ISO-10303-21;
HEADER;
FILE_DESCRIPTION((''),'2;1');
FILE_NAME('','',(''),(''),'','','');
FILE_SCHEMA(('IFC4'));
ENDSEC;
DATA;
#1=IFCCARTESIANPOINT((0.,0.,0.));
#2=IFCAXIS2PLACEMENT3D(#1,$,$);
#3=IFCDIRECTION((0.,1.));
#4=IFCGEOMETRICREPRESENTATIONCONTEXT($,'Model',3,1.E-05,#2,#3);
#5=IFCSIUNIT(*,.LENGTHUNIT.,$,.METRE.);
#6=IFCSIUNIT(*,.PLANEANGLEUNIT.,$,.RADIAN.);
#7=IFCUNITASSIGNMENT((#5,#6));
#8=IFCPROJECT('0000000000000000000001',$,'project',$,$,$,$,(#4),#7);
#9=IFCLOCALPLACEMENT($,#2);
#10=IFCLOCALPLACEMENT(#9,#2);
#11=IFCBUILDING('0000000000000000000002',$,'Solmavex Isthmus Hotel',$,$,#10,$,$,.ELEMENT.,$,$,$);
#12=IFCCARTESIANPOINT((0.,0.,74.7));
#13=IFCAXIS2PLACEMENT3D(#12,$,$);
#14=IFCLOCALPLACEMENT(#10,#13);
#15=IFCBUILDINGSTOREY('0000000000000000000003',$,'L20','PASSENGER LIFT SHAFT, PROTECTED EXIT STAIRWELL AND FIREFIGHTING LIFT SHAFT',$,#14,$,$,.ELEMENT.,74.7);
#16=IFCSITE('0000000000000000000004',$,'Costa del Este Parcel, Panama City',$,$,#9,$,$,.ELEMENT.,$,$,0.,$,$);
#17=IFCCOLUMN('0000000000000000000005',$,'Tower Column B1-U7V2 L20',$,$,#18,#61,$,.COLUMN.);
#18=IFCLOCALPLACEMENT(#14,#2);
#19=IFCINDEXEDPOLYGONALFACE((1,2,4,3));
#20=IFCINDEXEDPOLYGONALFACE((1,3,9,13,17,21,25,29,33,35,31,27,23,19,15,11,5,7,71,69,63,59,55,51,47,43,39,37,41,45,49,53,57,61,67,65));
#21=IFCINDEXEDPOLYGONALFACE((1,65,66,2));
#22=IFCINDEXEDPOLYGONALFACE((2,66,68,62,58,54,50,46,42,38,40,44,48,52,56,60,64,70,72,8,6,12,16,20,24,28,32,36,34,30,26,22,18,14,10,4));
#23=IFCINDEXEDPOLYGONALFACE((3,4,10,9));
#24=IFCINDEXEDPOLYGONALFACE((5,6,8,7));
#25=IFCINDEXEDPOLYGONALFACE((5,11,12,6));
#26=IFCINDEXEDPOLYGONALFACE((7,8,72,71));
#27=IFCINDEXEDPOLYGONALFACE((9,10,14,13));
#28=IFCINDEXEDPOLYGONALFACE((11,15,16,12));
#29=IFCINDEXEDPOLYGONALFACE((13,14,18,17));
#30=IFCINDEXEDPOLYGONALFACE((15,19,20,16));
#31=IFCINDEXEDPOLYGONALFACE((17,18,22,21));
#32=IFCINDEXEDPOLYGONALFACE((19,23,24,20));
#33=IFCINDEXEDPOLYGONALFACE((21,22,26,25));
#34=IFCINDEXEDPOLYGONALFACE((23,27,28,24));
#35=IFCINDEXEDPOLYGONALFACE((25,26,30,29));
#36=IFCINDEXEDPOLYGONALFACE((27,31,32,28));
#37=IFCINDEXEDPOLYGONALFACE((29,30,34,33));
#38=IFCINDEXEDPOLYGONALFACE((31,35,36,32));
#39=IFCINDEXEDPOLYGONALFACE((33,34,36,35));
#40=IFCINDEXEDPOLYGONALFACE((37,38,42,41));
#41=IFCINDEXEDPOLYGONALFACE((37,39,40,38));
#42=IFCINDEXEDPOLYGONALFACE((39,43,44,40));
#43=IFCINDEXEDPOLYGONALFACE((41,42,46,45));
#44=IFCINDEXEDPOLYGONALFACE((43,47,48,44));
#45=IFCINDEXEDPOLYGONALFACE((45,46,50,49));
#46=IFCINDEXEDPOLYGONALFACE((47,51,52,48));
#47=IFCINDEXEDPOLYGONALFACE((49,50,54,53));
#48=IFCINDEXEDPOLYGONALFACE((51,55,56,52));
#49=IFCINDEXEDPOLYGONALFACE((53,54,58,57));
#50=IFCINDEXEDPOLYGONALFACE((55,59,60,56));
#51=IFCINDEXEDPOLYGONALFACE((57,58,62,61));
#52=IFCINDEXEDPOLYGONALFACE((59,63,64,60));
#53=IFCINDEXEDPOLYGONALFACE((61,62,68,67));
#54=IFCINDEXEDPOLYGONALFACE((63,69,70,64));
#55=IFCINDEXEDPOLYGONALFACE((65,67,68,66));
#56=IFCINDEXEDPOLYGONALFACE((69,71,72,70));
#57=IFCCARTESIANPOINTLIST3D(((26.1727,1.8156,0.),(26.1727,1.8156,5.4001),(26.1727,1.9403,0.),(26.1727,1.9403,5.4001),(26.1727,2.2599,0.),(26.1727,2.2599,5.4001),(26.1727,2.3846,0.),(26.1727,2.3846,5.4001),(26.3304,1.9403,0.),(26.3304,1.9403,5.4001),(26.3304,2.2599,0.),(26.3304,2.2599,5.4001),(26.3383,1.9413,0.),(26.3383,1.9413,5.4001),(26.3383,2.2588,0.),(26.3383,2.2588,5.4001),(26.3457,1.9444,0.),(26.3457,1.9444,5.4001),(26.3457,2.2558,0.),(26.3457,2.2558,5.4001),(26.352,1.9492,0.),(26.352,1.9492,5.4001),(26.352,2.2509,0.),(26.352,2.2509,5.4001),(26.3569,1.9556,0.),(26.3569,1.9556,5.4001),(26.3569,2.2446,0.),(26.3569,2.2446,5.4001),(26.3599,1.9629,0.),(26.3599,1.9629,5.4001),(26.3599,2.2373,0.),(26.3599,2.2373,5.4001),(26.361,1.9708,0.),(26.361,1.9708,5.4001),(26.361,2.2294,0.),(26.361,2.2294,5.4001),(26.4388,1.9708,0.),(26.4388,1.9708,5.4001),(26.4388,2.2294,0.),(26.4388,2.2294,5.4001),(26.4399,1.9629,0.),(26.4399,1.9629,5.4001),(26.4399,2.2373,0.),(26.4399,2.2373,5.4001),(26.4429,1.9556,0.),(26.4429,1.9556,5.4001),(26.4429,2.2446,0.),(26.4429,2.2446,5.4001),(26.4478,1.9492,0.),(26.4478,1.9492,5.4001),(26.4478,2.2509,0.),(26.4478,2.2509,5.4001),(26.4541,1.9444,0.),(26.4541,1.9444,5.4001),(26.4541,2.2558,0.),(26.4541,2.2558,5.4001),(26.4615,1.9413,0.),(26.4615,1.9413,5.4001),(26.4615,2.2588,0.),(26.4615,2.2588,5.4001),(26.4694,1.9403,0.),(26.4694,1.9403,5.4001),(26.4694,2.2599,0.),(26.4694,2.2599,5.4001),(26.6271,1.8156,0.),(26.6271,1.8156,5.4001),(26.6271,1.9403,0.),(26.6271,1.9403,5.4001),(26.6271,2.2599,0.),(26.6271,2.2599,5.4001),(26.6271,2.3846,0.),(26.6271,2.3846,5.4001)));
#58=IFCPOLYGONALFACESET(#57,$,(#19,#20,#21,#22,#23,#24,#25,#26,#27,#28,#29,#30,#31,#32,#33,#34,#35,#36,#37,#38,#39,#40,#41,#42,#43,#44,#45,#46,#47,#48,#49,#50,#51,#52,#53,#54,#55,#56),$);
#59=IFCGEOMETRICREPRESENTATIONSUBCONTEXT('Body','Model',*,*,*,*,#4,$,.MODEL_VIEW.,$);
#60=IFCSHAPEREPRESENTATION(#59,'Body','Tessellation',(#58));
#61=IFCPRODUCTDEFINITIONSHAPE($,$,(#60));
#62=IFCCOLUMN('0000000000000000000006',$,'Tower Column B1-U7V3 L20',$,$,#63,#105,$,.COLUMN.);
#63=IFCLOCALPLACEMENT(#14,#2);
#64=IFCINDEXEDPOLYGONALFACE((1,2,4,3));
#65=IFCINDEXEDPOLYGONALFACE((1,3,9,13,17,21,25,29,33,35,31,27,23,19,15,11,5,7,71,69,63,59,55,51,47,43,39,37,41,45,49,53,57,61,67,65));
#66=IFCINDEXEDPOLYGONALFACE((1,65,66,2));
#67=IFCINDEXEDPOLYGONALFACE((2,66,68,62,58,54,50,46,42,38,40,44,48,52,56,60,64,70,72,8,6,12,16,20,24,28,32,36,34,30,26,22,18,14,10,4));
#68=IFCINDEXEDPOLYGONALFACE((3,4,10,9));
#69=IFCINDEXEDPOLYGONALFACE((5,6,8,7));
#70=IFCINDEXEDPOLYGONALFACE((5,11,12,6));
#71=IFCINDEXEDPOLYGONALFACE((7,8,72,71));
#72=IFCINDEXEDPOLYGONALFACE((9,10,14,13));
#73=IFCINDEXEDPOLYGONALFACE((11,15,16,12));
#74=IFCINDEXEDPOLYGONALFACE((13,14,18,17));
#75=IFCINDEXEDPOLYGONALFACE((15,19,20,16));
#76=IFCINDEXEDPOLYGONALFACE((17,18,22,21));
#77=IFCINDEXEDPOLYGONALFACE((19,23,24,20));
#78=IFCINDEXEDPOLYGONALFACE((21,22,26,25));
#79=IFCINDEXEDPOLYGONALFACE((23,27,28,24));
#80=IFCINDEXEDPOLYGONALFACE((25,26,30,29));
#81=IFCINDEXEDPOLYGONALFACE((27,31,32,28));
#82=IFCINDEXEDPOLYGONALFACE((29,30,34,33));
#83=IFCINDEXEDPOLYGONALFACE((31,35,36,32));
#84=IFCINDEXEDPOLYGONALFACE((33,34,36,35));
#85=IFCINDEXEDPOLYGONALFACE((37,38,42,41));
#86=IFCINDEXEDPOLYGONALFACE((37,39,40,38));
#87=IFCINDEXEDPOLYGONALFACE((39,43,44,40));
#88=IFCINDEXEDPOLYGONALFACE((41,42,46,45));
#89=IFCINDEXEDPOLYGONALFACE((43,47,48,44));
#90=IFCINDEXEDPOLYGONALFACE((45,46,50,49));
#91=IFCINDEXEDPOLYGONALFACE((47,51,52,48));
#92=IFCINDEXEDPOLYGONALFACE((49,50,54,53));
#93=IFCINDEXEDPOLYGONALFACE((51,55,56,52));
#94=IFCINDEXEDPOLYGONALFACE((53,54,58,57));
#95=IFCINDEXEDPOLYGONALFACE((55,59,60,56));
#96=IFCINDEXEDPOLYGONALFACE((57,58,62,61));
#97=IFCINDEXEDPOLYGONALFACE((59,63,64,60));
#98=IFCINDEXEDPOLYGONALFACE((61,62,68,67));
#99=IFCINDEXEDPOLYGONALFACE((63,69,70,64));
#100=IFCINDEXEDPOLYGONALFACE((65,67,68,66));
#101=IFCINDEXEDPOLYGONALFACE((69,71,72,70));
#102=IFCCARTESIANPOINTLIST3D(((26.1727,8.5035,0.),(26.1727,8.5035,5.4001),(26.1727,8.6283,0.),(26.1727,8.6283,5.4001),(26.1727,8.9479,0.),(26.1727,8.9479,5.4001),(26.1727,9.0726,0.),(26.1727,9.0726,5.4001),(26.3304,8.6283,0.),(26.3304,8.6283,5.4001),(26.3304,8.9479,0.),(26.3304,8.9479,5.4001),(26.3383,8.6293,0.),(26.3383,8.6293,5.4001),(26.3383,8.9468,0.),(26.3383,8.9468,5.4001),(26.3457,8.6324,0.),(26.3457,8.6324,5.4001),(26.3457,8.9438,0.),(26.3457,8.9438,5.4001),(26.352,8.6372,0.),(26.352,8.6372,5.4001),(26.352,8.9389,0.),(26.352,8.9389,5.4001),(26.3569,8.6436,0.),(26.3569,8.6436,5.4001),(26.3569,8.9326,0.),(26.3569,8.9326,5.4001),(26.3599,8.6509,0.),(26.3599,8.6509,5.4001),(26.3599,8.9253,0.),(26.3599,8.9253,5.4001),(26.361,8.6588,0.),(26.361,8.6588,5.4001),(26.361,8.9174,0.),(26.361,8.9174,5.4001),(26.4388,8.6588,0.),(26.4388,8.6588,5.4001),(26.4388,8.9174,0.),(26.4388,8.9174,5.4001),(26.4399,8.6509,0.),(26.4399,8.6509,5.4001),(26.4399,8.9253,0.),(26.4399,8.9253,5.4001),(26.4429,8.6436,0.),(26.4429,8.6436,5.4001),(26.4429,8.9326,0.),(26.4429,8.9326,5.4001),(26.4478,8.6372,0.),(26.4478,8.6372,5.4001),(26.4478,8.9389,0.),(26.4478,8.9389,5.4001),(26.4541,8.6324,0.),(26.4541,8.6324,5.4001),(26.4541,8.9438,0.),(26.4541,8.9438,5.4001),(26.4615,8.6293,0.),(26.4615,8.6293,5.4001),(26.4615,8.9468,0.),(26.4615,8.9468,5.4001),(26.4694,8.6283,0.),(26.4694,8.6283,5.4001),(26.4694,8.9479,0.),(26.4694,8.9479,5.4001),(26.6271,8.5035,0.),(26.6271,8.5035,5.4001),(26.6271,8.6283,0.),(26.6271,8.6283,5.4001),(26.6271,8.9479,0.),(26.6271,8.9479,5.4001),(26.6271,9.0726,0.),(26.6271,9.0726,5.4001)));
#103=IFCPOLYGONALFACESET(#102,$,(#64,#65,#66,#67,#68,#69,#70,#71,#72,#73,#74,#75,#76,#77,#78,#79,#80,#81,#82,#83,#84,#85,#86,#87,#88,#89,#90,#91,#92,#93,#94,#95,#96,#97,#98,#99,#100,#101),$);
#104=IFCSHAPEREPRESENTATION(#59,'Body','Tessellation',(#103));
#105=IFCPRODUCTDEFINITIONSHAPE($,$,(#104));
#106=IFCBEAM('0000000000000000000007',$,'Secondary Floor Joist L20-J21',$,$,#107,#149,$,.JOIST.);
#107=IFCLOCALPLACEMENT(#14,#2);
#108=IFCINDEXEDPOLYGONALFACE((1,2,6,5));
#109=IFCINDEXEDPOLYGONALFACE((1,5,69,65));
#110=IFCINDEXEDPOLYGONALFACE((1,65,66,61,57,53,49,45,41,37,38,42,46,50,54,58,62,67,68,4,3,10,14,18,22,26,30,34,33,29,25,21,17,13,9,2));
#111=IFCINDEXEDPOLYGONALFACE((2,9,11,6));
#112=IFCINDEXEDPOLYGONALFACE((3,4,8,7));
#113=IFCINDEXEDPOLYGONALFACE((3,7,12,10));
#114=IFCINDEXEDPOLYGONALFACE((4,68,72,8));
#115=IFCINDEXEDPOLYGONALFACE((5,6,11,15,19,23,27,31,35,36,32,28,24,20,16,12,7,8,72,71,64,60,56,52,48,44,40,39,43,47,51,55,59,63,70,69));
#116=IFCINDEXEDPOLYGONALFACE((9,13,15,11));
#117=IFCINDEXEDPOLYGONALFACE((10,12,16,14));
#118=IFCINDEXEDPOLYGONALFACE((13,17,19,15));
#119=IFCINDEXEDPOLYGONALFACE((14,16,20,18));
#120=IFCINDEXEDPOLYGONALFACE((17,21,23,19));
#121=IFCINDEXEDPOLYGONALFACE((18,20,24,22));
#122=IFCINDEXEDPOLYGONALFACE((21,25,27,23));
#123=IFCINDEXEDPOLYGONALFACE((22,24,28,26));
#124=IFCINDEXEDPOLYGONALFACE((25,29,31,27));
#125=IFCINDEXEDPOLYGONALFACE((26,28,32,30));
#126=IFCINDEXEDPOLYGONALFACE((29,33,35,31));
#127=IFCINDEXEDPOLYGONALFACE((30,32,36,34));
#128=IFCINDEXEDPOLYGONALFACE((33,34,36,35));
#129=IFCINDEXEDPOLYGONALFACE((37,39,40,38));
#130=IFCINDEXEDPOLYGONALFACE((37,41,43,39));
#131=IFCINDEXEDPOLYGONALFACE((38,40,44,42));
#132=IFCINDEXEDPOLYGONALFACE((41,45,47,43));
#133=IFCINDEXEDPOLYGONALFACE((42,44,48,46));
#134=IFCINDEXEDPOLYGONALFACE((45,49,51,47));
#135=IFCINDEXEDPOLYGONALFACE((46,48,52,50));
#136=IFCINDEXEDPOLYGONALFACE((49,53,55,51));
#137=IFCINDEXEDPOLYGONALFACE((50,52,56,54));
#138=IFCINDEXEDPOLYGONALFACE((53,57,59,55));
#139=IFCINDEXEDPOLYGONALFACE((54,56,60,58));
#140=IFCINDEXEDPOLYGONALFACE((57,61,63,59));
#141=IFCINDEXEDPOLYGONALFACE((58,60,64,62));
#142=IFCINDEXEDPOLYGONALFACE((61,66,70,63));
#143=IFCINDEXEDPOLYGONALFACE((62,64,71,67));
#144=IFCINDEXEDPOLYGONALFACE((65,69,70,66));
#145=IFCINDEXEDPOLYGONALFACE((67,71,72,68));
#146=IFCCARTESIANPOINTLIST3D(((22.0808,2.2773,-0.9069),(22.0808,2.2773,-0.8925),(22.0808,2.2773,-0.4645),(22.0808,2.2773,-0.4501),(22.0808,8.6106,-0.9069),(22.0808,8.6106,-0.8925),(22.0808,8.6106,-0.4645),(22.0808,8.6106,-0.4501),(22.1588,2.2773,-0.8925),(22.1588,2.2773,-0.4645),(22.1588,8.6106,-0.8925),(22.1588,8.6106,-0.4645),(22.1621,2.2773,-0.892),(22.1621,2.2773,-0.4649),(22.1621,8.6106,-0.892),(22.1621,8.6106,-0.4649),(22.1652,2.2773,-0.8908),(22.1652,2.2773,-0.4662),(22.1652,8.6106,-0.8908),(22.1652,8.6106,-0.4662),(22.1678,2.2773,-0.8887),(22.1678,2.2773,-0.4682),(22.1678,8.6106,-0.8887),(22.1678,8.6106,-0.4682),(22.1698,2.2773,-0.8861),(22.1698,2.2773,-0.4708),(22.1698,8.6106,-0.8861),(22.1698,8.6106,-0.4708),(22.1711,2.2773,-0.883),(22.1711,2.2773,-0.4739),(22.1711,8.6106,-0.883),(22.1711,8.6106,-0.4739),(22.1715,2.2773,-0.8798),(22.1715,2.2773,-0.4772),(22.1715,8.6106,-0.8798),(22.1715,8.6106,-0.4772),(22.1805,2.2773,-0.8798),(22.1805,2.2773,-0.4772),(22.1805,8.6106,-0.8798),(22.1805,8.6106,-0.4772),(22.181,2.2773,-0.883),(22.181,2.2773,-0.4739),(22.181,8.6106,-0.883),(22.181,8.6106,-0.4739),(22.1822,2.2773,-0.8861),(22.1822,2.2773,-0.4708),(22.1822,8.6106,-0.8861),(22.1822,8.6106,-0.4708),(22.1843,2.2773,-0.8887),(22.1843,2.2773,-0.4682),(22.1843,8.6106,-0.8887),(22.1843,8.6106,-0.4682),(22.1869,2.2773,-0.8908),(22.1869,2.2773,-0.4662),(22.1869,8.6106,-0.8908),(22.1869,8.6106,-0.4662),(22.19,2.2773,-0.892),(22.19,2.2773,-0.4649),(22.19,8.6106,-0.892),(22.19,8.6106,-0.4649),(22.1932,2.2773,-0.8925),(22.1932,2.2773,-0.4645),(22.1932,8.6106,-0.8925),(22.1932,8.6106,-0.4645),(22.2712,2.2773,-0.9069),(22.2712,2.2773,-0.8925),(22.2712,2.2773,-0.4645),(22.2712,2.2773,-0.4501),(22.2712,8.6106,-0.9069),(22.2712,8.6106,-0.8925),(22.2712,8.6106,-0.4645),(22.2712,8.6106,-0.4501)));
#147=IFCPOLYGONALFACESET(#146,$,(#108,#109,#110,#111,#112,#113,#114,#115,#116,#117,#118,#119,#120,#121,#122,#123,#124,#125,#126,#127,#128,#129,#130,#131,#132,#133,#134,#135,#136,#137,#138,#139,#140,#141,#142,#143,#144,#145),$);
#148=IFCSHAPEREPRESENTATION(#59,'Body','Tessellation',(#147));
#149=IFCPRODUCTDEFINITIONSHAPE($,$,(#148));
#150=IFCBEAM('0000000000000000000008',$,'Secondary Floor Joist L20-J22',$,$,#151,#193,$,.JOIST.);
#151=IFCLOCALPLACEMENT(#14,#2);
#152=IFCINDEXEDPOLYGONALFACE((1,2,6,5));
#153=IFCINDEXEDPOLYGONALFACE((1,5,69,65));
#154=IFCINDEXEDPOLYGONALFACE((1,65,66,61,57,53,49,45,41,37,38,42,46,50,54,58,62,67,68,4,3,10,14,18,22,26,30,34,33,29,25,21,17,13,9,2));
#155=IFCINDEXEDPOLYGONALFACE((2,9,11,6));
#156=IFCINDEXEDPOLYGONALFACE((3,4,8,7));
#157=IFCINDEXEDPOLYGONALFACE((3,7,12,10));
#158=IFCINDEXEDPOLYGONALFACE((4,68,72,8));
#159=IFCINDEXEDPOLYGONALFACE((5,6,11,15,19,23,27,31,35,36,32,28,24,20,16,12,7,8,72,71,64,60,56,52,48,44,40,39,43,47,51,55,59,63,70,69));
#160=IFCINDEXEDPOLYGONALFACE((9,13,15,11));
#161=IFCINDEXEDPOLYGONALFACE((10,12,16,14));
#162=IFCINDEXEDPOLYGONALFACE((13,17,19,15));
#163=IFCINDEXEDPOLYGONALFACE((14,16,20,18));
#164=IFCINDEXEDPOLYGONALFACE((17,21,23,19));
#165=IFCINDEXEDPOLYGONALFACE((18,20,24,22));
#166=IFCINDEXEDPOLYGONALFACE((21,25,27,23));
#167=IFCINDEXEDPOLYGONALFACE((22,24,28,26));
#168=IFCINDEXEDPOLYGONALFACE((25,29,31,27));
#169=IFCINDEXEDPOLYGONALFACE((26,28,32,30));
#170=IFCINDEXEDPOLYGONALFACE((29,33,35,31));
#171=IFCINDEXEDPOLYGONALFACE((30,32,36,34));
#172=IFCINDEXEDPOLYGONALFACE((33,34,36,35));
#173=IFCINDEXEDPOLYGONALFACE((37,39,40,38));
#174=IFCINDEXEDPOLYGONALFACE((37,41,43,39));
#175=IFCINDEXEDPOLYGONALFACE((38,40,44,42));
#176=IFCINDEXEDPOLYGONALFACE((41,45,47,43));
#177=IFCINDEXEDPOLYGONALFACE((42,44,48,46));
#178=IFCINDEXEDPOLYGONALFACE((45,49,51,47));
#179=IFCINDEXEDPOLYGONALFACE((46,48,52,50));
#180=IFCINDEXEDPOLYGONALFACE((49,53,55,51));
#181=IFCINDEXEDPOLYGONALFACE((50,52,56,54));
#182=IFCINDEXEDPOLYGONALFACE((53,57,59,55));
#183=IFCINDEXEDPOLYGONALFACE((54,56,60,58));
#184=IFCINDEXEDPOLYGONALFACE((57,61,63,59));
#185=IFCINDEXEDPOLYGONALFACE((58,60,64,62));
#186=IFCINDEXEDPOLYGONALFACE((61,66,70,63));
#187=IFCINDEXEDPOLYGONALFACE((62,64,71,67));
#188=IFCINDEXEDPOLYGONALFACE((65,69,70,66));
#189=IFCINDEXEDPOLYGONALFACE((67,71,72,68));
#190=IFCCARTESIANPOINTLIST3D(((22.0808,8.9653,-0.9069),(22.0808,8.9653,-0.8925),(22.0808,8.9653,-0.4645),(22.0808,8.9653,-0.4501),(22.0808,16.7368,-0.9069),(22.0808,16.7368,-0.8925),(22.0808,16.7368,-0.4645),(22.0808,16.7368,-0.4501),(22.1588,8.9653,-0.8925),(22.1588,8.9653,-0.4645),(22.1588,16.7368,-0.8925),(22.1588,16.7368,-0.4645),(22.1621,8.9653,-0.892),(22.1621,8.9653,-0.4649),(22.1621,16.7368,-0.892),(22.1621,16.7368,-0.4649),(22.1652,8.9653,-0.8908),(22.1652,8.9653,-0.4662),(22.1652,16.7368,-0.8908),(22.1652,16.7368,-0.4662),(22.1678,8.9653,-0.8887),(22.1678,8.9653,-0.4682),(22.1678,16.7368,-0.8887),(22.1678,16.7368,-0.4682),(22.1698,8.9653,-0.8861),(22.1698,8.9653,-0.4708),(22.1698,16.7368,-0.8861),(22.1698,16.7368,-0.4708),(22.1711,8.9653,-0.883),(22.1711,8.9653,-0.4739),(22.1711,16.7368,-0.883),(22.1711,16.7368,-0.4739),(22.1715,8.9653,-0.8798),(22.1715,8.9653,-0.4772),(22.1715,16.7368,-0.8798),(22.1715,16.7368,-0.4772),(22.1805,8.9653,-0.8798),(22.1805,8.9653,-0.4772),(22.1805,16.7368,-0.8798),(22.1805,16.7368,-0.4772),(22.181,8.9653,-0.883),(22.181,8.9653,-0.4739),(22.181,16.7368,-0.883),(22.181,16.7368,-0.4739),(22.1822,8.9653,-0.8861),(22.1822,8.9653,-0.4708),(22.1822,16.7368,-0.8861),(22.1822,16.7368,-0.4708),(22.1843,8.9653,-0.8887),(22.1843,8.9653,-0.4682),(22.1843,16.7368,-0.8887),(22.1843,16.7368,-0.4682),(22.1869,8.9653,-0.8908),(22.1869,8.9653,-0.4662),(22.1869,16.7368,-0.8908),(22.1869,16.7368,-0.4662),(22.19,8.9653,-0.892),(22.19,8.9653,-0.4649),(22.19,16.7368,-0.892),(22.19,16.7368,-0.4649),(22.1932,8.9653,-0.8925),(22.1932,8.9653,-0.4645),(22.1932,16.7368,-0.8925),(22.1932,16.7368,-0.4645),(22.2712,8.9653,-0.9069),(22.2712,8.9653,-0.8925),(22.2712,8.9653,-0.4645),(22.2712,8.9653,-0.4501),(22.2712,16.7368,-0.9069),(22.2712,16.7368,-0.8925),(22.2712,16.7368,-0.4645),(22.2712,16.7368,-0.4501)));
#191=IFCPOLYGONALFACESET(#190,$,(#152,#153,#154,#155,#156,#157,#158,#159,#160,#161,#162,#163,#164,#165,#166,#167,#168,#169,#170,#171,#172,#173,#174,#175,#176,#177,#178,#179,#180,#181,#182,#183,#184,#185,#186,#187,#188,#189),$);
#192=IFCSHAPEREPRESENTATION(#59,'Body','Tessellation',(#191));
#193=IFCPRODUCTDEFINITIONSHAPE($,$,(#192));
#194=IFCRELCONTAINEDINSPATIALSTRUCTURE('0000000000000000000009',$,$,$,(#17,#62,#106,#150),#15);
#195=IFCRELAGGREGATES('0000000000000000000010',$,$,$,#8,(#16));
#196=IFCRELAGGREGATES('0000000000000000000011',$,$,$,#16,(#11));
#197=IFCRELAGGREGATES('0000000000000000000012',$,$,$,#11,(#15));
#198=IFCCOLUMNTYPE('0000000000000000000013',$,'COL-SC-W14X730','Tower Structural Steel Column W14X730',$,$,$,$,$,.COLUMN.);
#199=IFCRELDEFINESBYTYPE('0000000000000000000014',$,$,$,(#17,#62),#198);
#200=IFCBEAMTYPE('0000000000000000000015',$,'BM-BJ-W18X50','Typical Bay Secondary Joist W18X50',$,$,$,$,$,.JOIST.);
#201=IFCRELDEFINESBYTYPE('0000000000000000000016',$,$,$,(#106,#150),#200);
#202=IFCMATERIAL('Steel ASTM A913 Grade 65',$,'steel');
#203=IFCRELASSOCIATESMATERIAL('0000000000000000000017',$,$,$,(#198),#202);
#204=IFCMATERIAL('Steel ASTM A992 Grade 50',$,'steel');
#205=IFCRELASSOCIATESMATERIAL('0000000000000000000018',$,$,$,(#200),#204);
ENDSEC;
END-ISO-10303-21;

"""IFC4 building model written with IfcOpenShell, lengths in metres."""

from ifc_helpers import new_model, si_unit, direction, frame, origin, origin_2d, place, context, subcontext, project, spatial, i_section, extrude, material, material_profile, profile_set, type_object, element, save


model = new_model("IFC4")

# Units and contexts
model_context = context("Model", 3, precision=1e-05, world=origin(), true_north=direction((0.0, 1.0)))
body_context = subcontext(model_context, "Body", "Model", "MODEL_VIEW")
ifc_project = project(units=[si_unit("LENGTHUNIT", "METRE"), si_unit("PLANEANGLEUNIT", "RADIAN")], contexts=[model_context])

# Site, building, storey
site_placement = place(None, origin())
site = spatial("IfcSite", under=ifc_project, at=site_placement, Name="Costa del Este Parcel, Panama City", CompositionType="ELEMENT", RefElevation=0.0)
building_placement = place(site_placement, origin())
building = spatial("IfcBuilding", under=site, at=building_placement, Name="Solmavex Isthmus Hotel", CompositionType="ELEMENT")
storey_placement = place(building_placement, frame((0.0, 0.0, 74.7)))
storey = spatial("IfcBuildingStorey", under=building, at=storey_placement, Name="L20", Description="PASSENGER LIFT SHAFT, PROTECTED EXIT STAIRWELL AND FIREFIGHTING LIFT SHAFT", CompositionType="ELEMENT", Elevation=74.7)

# Columns
ifc_material_1 = material(Name="Steel ASTM A913 Grade 65", Category="steel")
ifc_material_profile_1 = material_profile(ifc_material_1, i_section(OverallWidth=0.4543, OverallDepth=0.5691, WebThickness=0.0779, FlangeThickness=0.1248, FilletRadius=0.0305, at=origin_2d()), Name="W14X730")
ifc_profile_set_1 = profile_set([ifc_material_profile_1], Name="Steel ASTM A913 Grade 65")
column_type = type_object("IfcColumnType", Name="COL-SC-W14X730", Description="Tower Structural Steel Column W14X730", PredefinedType="COLUMN", material=ifc_profile_set_1)
for number, where, z_axis, x_axis, name in (
    (1, (26.3999, 2.1001, 0.0), (0.0, 0.0, 1.0), (1.0, 0.0, 0.0), "Tower Column B1-U7V2 L20"),
    (2, (26.3999, 8.7881, 0.0), (0.0, 0.0, 1.0), (1.0, 0.0, 0.0), "Tower Column B1-U7V3 L20"),
):
    element("IfcColumn", number, at=place(storey_placement, frame(where, z_axis=z_axis, x_axis=x_axis)), inside=storey, type_object=column_type, Name=name, PredefinedType="COLUMN", context=body_context, shape_type="SweptSolid", body=[
        extrude(i_section(OverallWidth=0.4543, OverallDepth=0.5691, WebThickness=0.0779, FlangeThickness=0.1248, FilletRadius=0.0305, at=origin_2d()), origin(), (0.0, 0.0, 1.0), 5.4001),
    ])

# Beams
ifc_material_2 = material(Name="Steel ASTM A992 Grade 50", Category="steel")
ifc_material_profile_2 = material_profile(ifc_material_2, i_section(OverallWidth=0.1904, OverallDepth=0.4568, WebThickness=0.009, FlangeThickness=0.0144, FilletRadius=0.0127, at=origin_2d()), Name="W18X50")
ifc_profile_set_2 = profile_set([ifc_material_profile_2], Name="Steel ASTM A992 Grade 50")
beam_type_1 = type_object("IfcBeamType", Name="BM-BJ-W18X50", Description="Typical Bay Secondary Joist W18X50", PredefinedType="JOIST", material=ifc_profile_set_2)
beam_1_placement = place(storey_placement, frame((22.176, 2.2773, -0.6785), z_axis=(0.0, 1.0, 0.0), x_axis=(-1.0, 0.0, 0.0)))
element("IfcBeam", 3, at=beam_1_placement, inside=storey, type_object=beam_type_1, Name="Secondary Floor Joist L20-J21", PredefinedType="JOIST", context=body_context, shape_type="SweptSolid", body=[
    extrude(i_section(OverallWidth=0.1904, OverallDepth=0.4568, WebThickness=0.009, FlangeThickness=0.0144, FilletRadius=0.0127, at=origin_2d()), origin(), (0.0, 0.0, 1.0), 6.3333),
])
beam_2_placement = place(storey_placement, frame((22.176, 8.9653, -0.6785), z_axis=(0.0, 1.0, 0.0), x_axis=(-1.0, 0.0, 0.0)))
element("IfcBeam", 4, at=beam_2_placement, inside=storey, type_object=beam_type_1, Name="Secondary Floor Joist L20-J22", PredefinedType="JOIST", context=body_context, shape_type="SweptSolid", body=[
    extrude(i_section(OverallWidth=0.1904, OverallDepth=0.4568, WebThickness=0.009, FlangeThickness=0.0144, FilletRadius=0.0127, at=origin_2d()), origin(), (0.0, 0.0, 1.0), 7.7715),
])

save(model, "model.ifc")
